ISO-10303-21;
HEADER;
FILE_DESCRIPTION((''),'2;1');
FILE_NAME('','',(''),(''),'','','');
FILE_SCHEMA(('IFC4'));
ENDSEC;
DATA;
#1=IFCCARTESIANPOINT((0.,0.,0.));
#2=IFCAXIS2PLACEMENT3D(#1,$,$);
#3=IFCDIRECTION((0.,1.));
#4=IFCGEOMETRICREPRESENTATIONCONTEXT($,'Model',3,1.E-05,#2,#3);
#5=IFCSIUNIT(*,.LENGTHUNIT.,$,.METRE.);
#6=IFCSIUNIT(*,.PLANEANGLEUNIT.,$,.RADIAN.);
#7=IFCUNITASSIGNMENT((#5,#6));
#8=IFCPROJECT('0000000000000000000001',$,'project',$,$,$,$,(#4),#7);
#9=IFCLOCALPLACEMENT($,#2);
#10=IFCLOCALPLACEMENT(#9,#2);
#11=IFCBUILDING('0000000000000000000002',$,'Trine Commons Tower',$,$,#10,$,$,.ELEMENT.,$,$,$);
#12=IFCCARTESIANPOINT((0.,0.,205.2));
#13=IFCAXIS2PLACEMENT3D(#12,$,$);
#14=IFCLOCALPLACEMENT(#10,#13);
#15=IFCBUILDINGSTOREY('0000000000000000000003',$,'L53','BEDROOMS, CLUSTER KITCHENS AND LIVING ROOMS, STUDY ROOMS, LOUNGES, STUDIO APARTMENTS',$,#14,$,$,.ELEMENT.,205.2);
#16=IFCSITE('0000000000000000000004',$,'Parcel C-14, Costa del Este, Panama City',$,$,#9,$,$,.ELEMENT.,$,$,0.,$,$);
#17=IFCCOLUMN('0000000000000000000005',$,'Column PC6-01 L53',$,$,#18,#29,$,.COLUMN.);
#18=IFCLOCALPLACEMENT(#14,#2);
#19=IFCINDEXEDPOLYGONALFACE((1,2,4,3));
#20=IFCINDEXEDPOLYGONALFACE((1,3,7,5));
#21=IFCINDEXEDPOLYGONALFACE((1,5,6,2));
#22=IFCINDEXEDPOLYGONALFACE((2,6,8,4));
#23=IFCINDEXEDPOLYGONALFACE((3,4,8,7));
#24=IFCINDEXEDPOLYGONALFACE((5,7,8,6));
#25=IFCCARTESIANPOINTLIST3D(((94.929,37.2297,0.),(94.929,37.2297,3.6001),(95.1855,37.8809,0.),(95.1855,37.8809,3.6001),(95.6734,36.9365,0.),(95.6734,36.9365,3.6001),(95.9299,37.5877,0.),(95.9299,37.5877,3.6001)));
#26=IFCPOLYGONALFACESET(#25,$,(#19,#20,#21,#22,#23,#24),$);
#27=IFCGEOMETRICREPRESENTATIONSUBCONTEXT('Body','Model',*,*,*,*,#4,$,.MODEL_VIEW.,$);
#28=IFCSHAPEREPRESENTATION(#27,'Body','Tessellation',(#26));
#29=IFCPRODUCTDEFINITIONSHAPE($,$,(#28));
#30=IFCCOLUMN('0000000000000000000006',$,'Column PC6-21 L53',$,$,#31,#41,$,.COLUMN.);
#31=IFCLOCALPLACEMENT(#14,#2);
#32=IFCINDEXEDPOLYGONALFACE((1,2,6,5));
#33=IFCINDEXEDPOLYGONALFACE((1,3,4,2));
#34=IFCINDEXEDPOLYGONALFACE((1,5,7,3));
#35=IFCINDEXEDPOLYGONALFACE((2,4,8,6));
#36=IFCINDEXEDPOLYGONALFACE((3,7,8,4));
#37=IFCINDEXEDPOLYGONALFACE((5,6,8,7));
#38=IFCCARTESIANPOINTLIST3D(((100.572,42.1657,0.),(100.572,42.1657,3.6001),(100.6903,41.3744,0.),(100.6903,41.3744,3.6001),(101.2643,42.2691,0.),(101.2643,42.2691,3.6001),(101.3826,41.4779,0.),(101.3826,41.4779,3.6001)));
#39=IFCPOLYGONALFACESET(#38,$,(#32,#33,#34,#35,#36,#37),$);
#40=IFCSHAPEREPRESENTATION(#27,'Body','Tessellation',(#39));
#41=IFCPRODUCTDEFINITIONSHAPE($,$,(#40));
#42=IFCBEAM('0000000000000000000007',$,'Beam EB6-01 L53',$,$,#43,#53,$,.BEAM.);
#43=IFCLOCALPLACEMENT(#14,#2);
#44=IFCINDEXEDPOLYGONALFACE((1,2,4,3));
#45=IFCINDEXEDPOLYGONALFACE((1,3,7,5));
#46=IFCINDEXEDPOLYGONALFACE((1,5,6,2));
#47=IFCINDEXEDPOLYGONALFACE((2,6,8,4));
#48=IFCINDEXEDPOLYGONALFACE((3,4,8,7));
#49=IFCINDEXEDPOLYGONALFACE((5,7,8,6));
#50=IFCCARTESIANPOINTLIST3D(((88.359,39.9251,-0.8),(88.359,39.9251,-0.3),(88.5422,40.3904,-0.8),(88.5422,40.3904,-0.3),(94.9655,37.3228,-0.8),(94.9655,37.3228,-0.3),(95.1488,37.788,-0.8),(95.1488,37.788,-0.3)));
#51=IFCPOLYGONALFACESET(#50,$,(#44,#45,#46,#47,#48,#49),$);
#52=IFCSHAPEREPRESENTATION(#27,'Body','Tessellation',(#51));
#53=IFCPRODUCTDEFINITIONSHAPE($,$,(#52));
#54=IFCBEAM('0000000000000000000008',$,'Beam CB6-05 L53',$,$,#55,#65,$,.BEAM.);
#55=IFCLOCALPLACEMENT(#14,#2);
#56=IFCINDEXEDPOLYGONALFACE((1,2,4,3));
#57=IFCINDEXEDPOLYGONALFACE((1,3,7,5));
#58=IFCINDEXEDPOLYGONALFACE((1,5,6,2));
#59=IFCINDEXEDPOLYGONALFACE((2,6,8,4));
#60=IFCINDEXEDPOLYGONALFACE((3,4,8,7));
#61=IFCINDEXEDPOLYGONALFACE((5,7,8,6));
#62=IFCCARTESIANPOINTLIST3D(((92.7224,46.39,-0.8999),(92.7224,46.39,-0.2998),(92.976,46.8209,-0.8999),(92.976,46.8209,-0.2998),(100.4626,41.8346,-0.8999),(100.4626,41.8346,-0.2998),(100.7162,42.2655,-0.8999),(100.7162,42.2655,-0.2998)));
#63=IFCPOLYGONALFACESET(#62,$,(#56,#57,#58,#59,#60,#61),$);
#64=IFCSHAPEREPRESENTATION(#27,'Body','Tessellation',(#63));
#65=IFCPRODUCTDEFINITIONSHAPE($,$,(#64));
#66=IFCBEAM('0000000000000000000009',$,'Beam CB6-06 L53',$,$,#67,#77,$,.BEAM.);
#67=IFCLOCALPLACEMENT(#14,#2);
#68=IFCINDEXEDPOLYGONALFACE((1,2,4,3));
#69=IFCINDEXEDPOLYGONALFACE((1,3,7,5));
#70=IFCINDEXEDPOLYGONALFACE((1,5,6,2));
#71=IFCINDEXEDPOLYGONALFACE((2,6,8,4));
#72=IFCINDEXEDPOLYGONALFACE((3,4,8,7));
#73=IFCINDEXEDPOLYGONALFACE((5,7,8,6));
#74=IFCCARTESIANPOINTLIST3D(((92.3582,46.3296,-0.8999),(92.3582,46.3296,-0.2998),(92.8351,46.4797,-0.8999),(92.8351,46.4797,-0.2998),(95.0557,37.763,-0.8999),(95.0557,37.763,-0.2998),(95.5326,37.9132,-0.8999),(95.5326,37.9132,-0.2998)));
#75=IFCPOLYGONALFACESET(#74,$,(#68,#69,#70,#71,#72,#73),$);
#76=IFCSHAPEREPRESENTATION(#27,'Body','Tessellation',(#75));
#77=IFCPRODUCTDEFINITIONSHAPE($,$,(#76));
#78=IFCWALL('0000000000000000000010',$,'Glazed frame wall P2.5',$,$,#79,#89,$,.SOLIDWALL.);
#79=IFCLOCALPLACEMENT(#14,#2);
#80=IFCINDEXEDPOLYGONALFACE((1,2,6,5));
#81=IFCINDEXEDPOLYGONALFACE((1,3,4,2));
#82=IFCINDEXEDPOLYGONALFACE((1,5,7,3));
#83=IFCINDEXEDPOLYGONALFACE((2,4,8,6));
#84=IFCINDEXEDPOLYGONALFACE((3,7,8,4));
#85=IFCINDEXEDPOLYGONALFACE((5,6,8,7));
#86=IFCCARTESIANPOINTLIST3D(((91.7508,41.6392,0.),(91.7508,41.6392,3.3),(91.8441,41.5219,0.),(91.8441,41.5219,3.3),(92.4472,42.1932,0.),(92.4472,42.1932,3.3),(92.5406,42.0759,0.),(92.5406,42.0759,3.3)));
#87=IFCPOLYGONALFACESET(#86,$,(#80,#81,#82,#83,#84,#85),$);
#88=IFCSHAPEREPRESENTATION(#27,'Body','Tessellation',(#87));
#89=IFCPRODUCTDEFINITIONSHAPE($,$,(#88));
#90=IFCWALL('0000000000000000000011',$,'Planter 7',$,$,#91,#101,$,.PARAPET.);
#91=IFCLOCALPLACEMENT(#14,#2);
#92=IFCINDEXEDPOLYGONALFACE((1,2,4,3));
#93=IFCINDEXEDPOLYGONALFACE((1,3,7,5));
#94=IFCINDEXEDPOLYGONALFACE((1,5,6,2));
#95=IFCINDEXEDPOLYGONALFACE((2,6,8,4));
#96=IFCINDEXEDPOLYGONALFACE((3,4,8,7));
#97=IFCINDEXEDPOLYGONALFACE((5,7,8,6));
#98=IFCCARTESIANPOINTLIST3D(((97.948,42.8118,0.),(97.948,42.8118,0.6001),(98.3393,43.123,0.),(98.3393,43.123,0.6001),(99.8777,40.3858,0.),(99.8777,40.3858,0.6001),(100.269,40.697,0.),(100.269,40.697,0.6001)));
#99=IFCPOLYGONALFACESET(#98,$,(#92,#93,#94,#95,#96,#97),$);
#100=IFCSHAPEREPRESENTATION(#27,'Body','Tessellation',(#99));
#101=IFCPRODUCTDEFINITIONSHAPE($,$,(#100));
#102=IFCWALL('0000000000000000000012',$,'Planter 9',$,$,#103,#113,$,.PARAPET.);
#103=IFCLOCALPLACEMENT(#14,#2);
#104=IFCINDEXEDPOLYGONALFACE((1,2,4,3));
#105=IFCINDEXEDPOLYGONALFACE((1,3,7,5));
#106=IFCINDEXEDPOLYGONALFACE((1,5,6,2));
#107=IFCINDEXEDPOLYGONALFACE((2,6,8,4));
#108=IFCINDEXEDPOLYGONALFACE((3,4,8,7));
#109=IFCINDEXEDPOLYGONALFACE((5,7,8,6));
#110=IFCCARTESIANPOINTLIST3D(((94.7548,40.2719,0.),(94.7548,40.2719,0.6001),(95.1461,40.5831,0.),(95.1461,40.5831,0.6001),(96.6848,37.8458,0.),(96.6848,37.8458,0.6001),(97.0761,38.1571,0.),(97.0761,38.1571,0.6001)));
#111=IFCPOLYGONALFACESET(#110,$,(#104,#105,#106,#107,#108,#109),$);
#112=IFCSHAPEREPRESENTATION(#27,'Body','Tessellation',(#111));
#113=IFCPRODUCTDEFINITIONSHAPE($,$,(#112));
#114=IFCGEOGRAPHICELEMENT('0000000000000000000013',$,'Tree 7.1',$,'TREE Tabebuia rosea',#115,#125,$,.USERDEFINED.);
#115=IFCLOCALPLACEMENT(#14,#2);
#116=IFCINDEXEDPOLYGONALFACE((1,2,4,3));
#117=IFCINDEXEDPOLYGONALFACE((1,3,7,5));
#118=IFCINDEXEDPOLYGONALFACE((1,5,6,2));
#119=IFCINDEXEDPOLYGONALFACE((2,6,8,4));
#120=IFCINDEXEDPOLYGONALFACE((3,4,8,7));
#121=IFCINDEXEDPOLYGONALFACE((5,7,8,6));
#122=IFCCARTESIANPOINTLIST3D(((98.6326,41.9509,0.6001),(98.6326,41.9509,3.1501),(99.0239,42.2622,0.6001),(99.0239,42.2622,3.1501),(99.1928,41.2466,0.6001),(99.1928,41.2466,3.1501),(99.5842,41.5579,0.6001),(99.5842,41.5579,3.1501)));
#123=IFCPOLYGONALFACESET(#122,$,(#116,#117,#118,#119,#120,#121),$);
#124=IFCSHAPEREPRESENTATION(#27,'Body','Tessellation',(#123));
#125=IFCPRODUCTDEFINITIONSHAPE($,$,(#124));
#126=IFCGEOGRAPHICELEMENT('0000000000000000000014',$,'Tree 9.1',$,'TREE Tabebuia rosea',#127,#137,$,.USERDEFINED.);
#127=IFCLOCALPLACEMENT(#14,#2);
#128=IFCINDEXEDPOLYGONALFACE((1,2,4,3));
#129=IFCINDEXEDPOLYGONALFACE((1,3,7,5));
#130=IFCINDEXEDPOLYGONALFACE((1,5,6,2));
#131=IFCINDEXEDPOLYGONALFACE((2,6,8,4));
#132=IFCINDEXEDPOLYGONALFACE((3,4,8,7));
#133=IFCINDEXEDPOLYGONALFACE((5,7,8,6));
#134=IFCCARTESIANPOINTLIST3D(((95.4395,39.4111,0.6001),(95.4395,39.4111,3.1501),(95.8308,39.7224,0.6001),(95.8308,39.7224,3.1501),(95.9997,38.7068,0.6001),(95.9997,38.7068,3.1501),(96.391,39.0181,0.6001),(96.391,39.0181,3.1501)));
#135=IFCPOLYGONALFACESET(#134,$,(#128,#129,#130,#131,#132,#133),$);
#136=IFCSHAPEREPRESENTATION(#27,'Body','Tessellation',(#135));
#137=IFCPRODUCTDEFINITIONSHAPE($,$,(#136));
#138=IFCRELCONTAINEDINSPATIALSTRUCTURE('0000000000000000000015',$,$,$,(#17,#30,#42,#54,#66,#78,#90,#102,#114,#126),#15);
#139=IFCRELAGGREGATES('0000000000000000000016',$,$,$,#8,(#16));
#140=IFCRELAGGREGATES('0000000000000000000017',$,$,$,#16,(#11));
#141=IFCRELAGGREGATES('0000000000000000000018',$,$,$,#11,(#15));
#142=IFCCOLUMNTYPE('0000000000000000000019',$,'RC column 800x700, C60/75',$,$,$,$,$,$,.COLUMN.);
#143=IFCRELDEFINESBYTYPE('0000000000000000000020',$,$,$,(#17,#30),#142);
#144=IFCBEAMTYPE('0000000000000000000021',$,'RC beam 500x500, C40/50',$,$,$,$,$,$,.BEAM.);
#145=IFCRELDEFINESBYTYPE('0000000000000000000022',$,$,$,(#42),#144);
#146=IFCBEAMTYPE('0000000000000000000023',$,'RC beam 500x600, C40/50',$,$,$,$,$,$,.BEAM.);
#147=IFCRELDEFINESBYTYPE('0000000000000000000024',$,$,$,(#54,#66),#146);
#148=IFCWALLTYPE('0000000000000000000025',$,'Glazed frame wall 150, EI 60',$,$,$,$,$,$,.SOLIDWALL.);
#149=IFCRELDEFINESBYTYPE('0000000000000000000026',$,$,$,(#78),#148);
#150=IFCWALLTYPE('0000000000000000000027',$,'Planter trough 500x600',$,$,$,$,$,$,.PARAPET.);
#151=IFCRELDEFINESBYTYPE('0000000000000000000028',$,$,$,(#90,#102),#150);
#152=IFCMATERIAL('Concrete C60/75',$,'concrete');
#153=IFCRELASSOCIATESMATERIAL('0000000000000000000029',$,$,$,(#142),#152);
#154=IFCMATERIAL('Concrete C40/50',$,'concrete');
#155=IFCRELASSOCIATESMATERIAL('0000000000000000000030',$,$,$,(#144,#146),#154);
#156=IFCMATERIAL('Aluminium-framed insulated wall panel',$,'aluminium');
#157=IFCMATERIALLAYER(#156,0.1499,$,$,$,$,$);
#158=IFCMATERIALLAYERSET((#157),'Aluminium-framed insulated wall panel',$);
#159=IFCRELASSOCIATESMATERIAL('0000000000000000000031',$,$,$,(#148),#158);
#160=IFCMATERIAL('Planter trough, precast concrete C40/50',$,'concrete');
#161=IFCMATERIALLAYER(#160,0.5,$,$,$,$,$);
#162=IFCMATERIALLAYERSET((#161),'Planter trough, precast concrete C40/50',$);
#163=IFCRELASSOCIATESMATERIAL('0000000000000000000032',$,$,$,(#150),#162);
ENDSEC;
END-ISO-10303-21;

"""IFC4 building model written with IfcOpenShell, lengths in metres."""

from ifc_helpers import new_model, si_unit, direction, frame, frame_2d, origin, origin_2d, place, context, subcontext, project, spatial, polyline, rectangle, outline, extrude, material, layer, layer_set, material_profile, profile_set, type_object, element, save


model = new_model("IFC4")

# Units and contexts
model_context = context("Model", 3, precision=1e-05, world=origin(), true_north=direction((0.0, 1.0)))
body_context = subcontext(model_context, "Body", "Model", "MODEL_VIEW")
ifc_project = project(units=[si_unit("LENGTHUNIT", "METRE"), si_unit("PLANEANGLEUNIT", "RADIAN")], contexts=[model_context])

# Site, building, storey
site_placement = place(None, origin())
site = spatial("IfcSite", under=ifc_project, at=site_placement, Name="Parcel C-14, Costa del Este, Panama City", CompositionType="ELEMENT", RefElevation=0.0)
building_placement = place(site_placement, origin())
building = spatial("IfcBuilding", under=site, at=building_placement, Name="Trine Commons Tower", CompositionType="ELEMENT")
storey_placement = place(building_placement, frame((0.0, 0.0, 205.2)))
storey = spatial("IfcBuildingStorey", under=building, at=storey_placement, Name="L53", Description="BEDROOMS, CLUSTER KITCHENS AND LIVING ROOMS, STUDY ROOMS, LOUNGES, STUDIO APARTMENTS", CompositionType="ELEMENT", Elevation=205.2)

# Columns
ifc_material_1 = material(Name="Concrete C60/75", Category="concrete")
ifc_material_profile_1 = material_profile(ifc_material_1, rectangle(XDim=0.8, YDim=0.7, at=origin_2d()), Name="RC 800x700")
ifc_profile_set_1 = profile_set([ifc_material_profile_1], Name="Concrete C60/75")
column_type = type_object("IfcColumnType", Name="RC column 800x700, C60/75", PredefinedType="COLUMN", material=ifc_profile_set_1)
for number, where, z_axis, x_axis, name in (
    (1, (95.4294, 37.4087, 0.0), (0.0, 0.0, 1.0), (-0.930418, 0.366501, 0.0), "Column PC6-01 L53"),
    (2, (100.9773, 41.8218, 0.0), (0.0, 0.0, 1.0), (-0.147809, 0.989016, 0.0), "Column PC6-21 L53"),
):
    element("IfcColumn", number, at=place(storey_placement, frame(where, z_axis=z_axis, x_axis=x_axis)), inside=storey, type_object=column_type, Name=name, PredefinedType="COLUMN", context=body_context, shape_type="SweptSolid", body=[
        extrude(rectangle(XDim=0.8, YDim=0.7, at=origin_2d()), origin(), (0.0, 0.0, 1.0), 3.6001),
    ])

# Beams
ifc_material_2 = material(Name="Concrete C40/50", Category="concrete")
ifc_material_profile_2 = material_profile(ifc_material_2, rectangle(XDim=0.5, YDim=0.5, at=origin_2d()), Name="RC 500x500")
ifc_profile_set_2 = profile_set([ifc_material_profile_2], Name="Concrete C40/50")
beam_type_1 = type_object("IfcBeamType", Name="RC beam 500x500, C40/50", PredefinedType="BEAM", material=ifc_profile_set_2)
beam_placement = place(storey_placement, frame((95.0571, 37.5554, -0.55), z_axis=(-0.93042, 0.366495, 0.0), x_axis=(-0.366495, -0.93042, 0.0)))
element("IfcBeam", 3, at=beam_placement, inside=storey, type_object=beam_type_1, Name="Beam EB6-01 L53", PredefinedType="BEAM", context=body_context, shape_type="SweptSolid", body=[
    extrude(rectangle(XDim=0.5, YDim=0.5, at=origin_2d()), origin(), (0.0, 0.0, 1.0), 7.1006),
])
ifc_material_profile_3 = material_profile(ifc_material_2, rectangle(XDim=0.5, YDim=0.6001, at=origin_2d()), Name="RC 500x600")
ifc_profile_set_3 = profile_set([ifc_material_profile_3], Name="Concrete C40/50")
beam_type_2 = type_object("IfcBeamType", Name="RC beam 500x600, C40/50", PredefinedType="BEAM", material=ifc_profile_set_3)
for number, where, z_axis, x_axis, name in (
    (4, (100.5894, 42.05, -0.5999), (-0.86182, 0.507214, 0.0), (-0.507214, -0.86182, 0.0), "Beam CB6-05 L53"),
    (5, (95.2942, 37.8381, -0.5999), (-0.300355, 0.953828, 0.0), (-0.953828, -0.300355, 0.0), "Beam CB6-06 L53"),
):
    element("IfcBeam", number, at=place(storey_placement, frame(where, z_axis=z_axis, x_axis=x_axis)), inside=storey, type_object=beam_type_2, Name=name, PredefinedType="BEAM", context=body_context, shape_type="SweptSolid", body=[
        extrude(rectangle(XDim=0.5, YDim=0.6001, at=origin_2d()), origin(), (0.0, 0.0, 1.0), 8.9812),
    ])

# Wall
ifc_material_3 = material(Name="Aluminium-framed insulated wall panel", Category="aluminium")
ifc_layer_1 = layer(ifc_material_3, 0.1499)
ifc_layer_set_1 = layer_set([ifc_layer_1], Name="Aluminium-framed insulated wall panel")
wall_type_1 = type_object("IfcWallType", Name="Glazed frame wall 150, EI 60", PredefinedType="SOLIDWALL", material=ifc_layer_set_1)
wall_1_placement = place(storey_placement, frame((92.4939, 42.1345, 0.0), z_axis=(0.0, 0.0, 1.0), x_axis=(-0.782628, -0.62249, 0.0)))
element("IfcWall", 6, at=wall_1_placement, inside=storey, type_object=wall_type_1, Name="Glazed frame wall P2.5", PredefinedType="SOLIDWALL", context=body_context, shape_type="SweptSolid", body=[
    extrude(outline(polyline([(0.8899, 0.075), (0.0, 0.075), (0.0, -0.075), (0.8899, -0.075), (0.8899, 0.075)])), origin(), (0.0, 0.0, 1.0), 3.3),
])

# Walls
ifc_material_4 = material(Name="Planter trough, precast concrete C40/50", Category="concrete")
ifc_layer_2 = layer(ifc_material_4, 0.5)
ifc_layer_set_2 = layer_set([ifc_layer_2], Name="Planter trough, precast concrete C40/50")
wall_type_2 = type_object("IfcWallType", Name="Planter trough 500x600", PredefinedType="PARAPET", material=ifc_layer_set_2)
wall_2_placement = place(storey_placement, frame((100.0732, 40.5415, 0.0), z_axis=(0.0, 0.0, 1.0), x_axis=(-0.622503, 0.782618, 0.0)))
element("IfcWall", 7, at=wall_2_placement, inside=storey, type_object=wall_type_2, Name="Planter 7", PredefinedType="PARAPET", context=body_context, shape_type="SweptSolid", body=[
    extrude(rectangle(XDim=3.0999, YDim=0.5, at=frame_2d((1.5498, 0.0))), origin(), (0.0, 0.0, 1.0), 0.6001),
])
wall_3_placement = place(storey_placement, frame((94.9504, 40.4275, 0.0), z_axis=(0.0, 0.0, 1.0), x_axis=(0.622551, -0.782579, 0.0)))
element("IfcWall", 8, at=wall_3_placement, inside=storey, type_object=wall_type_2, Name="Planter 9", PredefinedType="PARAPET", context=body_context, shape_type="SweptSolid", body=[
    extrude(rectangle(XDim=3.1001, YDim=0.5, at=frame_2d((1.55, 0.0))), origin(), (0.0, 0.0, 1.0), 0.6001),
])

# Geographic elements
for number, where, z_axis, x_axis, name in (
    (9, (99.1084, 41.7544, 0.6001), (0.0, 0.0, 1.0), (-0.622516, 0.782607, 0.0), "Tree 7.1"),
    (10, (95.9153, 39.2146, 0.6001), (0.0, 0.0, 1.0), (0.622516, -0.782607, 0.0), "Tree 9.1"),
):
    element("IfcGeographicElement", number, at=place(storey_placement, frame(where, z_axis=z_axis, x_axis=x_axis)), inside=storey, Name=name, ObjectType="TREE Tabebuia rosea", PredefinedType="USERDEFINED", context=body_context, shape_type="SweptSolid", body=[
        extrude(rectangle(XDim=0.8999, YDim=0.5, at=origin_2d()), origin(), (0.0, 0.0, 1.0), 2.55),
    ])

save(model, "model.ifc")
